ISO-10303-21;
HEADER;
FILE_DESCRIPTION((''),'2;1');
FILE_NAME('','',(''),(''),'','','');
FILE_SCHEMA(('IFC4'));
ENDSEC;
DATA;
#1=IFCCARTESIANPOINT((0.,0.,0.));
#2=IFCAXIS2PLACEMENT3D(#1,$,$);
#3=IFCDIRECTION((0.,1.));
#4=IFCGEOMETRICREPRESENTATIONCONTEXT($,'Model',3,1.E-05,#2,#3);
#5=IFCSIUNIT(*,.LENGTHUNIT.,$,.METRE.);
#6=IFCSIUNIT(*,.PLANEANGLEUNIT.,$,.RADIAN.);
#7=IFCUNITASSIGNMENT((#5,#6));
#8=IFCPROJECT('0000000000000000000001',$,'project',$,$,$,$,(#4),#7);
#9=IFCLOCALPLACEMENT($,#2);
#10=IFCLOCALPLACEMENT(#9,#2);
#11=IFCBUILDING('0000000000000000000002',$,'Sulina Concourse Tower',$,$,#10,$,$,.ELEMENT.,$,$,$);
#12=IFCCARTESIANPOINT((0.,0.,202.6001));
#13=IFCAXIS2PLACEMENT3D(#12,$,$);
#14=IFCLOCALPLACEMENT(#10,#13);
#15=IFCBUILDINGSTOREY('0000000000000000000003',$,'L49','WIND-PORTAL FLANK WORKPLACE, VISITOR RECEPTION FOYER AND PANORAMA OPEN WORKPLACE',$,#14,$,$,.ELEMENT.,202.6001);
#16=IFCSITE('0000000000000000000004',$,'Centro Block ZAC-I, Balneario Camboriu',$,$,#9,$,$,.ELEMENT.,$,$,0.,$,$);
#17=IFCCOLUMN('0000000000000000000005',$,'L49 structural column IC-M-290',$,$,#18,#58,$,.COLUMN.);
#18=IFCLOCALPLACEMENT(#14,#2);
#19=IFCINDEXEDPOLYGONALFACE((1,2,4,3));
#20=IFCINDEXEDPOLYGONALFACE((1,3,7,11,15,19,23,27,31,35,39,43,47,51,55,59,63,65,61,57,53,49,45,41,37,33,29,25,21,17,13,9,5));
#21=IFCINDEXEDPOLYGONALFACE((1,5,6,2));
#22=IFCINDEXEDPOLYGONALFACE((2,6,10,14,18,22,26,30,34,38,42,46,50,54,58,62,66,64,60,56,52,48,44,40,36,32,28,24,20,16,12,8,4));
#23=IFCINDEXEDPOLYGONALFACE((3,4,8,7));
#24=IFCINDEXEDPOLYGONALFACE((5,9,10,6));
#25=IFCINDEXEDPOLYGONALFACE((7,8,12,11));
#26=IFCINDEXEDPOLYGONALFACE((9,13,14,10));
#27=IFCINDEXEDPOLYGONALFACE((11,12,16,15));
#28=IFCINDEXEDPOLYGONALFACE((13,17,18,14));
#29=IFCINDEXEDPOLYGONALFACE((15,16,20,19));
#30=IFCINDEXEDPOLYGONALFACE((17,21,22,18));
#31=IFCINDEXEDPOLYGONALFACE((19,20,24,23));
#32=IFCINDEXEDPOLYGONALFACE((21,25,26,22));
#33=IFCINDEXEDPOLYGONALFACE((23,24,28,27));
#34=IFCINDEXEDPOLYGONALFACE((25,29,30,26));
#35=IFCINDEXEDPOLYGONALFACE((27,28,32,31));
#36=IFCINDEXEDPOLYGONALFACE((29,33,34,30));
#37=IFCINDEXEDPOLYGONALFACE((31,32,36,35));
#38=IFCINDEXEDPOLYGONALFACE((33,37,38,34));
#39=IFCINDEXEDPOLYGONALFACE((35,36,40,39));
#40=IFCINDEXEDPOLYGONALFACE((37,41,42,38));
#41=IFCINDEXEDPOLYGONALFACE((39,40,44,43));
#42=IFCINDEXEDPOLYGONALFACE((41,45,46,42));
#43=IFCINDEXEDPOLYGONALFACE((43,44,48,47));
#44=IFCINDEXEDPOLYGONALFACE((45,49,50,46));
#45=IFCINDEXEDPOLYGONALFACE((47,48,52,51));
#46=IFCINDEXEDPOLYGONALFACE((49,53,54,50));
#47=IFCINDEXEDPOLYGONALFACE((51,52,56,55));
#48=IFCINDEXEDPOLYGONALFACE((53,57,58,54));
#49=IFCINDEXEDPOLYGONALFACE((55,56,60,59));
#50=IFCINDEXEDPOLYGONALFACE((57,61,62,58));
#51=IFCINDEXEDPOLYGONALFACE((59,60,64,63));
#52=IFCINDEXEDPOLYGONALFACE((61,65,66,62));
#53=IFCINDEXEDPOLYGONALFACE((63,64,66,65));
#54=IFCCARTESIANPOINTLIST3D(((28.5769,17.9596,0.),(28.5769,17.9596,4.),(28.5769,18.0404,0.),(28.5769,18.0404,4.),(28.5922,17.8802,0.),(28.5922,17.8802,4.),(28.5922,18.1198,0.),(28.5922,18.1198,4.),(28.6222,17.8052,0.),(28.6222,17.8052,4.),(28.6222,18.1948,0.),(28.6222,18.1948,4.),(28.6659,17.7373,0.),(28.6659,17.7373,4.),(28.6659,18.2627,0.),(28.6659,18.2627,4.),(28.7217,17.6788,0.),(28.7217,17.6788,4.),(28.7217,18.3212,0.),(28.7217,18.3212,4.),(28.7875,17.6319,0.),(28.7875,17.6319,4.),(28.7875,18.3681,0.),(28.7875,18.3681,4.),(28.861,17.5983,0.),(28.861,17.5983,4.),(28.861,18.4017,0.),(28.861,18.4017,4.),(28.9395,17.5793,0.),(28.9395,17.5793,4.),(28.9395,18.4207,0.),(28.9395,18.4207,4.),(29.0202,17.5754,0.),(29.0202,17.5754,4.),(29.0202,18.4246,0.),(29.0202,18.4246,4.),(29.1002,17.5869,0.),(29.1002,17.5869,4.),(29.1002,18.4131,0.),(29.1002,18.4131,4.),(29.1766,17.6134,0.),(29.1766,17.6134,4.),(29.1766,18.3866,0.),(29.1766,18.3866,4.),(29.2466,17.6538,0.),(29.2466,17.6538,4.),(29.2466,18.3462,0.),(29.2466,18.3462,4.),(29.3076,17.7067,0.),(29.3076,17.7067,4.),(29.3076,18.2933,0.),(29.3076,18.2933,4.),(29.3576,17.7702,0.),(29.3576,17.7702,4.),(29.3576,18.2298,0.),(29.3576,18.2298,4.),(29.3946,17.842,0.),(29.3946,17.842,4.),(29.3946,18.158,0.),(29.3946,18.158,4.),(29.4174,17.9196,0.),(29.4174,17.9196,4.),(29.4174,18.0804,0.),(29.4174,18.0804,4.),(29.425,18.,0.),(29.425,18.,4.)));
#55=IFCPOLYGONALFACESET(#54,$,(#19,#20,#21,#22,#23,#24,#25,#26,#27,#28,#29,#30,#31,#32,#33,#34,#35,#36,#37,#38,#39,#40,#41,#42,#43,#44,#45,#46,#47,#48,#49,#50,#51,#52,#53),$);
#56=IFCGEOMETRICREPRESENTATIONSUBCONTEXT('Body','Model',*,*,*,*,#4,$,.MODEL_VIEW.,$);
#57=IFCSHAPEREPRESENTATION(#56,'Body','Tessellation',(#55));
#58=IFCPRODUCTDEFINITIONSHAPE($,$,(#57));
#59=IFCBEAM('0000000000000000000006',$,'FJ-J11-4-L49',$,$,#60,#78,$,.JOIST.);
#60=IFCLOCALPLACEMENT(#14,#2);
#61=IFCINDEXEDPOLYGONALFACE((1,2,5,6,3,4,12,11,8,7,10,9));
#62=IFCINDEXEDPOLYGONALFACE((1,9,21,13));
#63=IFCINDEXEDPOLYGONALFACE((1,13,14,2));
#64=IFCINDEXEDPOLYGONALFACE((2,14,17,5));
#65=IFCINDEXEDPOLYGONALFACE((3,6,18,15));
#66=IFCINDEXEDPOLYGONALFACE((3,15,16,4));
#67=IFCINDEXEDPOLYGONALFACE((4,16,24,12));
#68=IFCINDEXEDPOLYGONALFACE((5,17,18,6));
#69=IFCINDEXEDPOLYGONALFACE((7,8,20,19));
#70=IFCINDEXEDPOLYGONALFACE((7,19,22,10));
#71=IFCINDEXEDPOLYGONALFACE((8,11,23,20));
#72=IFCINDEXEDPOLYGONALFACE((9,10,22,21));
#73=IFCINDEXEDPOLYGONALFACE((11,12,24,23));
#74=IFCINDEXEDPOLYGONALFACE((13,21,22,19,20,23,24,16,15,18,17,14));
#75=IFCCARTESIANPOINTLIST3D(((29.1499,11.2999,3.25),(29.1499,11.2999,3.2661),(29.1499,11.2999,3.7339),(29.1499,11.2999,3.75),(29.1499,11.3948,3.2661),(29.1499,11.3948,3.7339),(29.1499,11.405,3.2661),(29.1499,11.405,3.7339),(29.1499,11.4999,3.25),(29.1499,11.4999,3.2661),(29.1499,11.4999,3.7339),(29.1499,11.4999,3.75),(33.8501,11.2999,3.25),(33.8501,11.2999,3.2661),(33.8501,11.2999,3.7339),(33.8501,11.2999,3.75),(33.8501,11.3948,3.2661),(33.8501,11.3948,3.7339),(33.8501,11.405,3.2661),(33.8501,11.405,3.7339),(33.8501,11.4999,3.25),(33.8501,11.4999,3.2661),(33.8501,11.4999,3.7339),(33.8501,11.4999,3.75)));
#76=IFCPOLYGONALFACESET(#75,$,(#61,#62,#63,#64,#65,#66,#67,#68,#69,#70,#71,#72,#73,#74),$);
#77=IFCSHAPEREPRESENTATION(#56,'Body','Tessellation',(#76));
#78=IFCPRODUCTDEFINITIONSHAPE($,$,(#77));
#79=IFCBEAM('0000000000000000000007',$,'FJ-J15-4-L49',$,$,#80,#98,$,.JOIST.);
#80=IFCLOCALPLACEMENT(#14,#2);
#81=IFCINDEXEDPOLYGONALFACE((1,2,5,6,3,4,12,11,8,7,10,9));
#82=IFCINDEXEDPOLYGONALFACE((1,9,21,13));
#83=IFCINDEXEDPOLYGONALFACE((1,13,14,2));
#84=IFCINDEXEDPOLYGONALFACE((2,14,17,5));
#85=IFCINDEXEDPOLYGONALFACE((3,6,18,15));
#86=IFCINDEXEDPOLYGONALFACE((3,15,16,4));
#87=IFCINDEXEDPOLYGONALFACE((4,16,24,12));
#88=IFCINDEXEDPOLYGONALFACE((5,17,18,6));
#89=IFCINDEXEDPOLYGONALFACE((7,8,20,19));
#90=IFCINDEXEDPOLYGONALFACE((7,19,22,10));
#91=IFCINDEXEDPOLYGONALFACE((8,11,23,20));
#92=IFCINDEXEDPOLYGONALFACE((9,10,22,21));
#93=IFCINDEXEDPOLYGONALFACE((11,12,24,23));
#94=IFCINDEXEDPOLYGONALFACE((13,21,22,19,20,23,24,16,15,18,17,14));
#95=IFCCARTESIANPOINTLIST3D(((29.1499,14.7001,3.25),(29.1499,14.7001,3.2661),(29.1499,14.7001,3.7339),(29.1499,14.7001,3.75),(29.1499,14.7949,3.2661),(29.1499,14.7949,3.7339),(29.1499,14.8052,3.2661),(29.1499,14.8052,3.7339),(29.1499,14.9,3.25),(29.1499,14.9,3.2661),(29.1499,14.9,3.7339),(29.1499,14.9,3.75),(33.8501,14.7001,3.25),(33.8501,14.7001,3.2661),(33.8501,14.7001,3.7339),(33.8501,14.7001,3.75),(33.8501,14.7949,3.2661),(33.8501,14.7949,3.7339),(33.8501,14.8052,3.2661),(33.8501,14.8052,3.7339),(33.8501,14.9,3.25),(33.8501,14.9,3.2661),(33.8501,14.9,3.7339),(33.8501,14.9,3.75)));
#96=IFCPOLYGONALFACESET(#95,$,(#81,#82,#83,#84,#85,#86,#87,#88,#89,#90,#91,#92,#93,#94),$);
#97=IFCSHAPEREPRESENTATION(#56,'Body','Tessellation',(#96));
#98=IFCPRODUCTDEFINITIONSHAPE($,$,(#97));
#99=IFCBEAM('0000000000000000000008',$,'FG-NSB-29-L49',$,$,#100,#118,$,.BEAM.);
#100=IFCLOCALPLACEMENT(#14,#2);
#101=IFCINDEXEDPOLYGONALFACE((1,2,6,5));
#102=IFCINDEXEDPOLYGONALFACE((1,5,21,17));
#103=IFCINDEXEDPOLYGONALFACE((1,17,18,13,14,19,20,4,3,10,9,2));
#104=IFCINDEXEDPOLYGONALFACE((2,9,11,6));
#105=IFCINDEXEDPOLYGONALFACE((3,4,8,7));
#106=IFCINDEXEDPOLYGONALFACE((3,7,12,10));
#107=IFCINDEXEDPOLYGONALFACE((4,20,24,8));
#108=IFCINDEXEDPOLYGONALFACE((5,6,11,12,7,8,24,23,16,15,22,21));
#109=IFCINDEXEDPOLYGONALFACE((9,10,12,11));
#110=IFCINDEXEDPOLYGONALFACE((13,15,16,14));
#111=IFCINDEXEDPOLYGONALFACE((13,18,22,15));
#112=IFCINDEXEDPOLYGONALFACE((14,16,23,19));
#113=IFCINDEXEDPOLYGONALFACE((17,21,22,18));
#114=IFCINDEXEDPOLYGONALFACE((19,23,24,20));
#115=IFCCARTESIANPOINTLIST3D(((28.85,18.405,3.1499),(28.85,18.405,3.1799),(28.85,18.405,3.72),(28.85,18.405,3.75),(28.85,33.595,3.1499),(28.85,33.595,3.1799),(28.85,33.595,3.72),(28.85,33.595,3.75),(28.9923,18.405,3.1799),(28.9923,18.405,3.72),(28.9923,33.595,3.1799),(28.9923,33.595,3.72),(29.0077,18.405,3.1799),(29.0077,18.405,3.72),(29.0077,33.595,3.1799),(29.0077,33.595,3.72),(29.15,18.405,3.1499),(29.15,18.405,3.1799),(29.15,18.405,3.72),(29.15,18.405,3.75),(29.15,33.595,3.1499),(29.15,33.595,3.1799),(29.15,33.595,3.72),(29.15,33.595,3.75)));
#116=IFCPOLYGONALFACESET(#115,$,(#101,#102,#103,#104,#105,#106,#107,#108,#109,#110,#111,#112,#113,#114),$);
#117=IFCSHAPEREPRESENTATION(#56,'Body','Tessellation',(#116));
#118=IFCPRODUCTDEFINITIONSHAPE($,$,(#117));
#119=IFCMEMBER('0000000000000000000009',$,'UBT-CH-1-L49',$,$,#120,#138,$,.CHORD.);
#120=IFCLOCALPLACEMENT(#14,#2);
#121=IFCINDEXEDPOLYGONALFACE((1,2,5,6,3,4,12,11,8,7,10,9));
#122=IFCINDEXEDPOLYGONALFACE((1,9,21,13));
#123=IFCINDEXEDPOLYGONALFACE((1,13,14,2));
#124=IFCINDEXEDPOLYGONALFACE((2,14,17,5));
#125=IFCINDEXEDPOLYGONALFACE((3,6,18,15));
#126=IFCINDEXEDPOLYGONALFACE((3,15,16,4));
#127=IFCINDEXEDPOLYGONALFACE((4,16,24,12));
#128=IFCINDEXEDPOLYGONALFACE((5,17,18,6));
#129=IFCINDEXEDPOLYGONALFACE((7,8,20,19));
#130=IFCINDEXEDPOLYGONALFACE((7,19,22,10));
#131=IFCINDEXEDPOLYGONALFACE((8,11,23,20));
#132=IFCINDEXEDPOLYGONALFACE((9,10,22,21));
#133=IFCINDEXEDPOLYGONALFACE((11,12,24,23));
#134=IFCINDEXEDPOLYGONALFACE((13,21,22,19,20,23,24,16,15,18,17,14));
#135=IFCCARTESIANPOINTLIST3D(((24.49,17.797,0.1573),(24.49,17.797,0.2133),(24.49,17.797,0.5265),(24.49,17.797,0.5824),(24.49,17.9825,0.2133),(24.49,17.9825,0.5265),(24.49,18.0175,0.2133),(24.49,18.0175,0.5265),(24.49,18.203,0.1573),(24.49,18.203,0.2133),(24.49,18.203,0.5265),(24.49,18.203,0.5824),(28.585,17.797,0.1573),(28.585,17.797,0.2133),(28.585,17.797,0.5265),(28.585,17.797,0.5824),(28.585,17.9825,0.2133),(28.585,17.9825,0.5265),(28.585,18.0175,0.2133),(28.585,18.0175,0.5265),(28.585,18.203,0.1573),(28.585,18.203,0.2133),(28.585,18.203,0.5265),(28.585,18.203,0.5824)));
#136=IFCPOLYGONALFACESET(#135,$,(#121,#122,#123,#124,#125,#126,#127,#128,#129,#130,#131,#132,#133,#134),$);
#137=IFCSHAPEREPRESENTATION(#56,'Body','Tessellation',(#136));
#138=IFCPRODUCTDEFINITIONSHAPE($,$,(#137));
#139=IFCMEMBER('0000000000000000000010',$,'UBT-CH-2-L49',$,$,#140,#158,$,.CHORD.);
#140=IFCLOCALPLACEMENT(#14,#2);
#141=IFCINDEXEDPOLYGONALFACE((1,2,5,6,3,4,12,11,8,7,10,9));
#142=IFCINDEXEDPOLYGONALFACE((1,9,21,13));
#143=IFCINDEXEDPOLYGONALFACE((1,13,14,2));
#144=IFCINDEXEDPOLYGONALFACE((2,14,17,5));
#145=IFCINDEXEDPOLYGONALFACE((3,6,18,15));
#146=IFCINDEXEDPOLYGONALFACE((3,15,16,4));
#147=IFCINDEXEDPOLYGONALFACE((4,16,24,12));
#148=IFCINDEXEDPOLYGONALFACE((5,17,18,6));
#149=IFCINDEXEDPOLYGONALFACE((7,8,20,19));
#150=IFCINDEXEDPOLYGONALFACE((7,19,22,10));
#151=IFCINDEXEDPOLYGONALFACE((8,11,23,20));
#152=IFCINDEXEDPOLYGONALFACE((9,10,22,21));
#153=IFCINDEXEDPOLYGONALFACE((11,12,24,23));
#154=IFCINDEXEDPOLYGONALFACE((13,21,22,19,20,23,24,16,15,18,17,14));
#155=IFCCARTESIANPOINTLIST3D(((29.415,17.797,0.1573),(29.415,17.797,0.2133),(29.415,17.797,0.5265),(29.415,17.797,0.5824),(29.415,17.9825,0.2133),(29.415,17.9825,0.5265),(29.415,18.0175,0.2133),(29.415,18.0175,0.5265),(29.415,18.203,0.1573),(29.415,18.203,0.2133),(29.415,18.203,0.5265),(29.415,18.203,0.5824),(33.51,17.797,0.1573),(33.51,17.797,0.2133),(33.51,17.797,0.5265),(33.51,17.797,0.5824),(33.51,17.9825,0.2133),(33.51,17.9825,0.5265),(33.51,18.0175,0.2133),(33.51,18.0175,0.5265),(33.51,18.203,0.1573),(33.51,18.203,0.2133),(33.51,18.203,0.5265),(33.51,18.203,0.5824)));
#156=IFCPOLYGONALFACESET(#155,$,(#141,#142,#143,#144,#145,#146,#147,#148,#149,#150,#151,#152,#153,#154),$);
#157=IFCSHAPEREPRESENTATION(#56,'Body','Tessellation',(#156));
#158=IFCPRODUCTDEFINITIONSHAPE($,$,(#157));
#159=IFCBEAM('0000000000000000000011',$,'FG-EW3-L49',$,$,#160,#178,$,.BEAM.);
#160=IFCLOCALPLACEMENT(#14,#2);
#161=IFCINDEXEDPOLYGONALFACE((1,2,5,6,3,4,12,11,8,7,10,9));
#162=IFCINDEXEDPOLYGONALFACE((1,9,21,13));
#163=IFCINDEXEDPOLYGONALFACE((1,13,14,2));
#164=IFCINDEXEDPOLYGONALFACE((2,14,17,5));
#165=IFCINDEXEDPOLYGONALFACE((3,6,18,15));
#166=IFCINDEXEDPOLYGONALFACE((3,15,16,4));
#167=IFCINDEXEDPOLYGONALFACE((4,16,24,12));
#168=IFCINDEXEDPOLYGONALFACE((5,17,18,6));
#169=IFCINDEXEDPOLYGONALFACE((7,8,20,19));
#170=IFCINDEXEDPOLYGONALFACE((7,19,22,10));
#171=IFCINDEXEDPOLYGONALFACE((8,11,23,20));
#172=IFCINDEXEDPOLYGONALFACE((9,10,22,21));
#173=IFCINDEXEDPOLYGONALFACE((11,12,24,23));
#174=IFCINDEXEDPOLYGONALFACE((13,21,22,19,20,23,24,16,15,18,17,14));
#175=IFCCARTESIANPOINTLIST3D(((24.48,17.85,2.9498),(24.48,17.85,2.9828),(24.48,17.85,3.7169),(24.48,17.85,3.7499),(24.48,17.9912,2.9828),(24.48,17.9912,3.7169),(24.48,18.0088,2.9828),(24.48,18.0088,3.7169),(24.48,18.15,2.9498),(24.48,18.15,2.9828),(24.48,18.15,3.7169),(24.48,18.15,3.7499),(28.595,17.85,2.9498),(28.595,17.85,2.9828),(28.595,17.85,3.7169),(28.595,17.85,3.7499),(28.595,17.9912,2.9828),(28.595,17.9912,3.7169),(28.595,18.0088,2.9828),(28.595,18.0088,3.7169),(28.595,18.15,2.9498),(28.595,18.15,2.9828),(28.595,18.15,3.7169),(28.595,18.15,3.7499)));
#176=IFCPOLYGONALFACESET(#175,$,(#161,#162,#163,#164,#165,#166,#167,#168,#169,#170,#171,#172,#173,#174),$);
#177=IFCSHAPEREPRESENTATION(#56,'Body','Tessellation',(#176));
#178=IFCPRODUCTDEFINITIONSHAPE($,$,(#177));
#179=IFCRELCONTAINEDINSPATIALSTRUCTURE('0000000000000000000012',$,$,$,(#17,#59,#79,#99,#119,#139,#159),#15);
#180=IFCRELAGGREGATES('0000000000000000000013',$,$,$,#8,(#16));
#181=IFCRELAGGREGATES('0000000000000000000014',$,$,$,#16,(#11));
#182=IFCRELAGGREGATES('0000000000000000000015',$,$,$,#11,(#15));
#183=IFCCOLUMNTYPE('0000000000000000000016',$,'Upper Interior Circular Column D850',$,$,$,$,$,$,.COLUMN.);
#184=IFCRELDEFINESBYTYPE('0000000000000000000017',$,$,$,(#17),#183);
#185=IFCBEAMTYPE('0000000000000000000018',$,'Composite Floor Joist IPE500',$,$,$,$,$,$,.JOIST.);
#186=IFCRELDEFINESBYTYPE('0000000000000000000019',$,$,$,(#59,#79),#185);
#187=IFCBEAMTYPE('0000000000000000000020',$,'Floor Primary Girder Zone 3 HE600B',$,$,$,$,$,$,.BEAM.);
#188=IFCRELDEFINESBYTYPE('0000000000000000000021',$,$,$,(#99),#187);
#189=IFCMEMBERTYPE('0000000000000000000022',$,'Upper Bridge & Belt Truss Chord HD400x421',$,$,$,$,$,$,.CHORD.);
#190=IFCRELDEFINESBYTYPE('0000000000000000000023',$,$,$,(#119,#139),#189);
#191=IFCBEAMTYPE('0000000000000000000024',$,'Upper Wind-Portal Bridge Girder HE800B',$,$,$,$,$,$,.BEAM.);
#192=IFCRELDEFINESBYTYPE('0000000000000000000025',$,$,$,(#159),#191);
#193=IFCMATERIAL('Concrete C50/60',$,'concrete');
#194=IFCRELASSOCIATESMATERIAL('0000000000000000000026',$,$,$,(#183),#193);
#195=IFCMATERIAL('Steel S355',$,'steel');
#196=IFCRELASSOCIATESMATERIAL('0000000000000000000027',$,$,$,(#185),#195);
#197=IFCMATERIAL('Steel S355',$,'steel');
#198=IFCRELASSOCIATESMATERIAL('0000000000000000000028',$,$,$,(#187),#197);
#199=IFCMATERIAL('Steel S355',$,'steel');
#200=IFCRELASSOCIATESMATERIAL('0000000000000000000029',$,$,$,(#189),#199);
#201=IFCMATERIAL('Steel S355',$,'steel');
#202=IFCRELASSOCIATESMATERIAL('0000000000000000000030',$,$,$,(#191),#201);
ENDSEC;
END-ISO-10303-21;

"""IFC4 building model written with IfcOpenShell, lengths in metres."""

from ifc_helpers import new_model, si_unit, direction, frame, origin, origin_2d, place, context, subcontext, project, spatial, circle, i_section, extrude, material, material_profile, profile_set, type_object, element, save


model = new_model("IFC4")

# Units and contexts
model_context = context("Model", 3, precision=1e-05, world=origin(), true_north=direction((0.0, 1.0)))
body_context = subcontext(model_context, "Body", "Model", "MODEL_VIEW")
ifc_project = project(units=[si_unit("LENGTHUNIT", "METRE"), si_unit("PLANEANGLEUNIT", "RADIAN")], contexts=[model_context])

# Site, building, storey
site_placement = place(None, origin())
site = spatial("IfcSite", under=ifc_project, at=site_placement, Name="Centro Block ZAC-I, Balneario Camboriu", CompositionType="ELEMENT", RefElevation=0.0)
building_placement = place(site_placement, origin())
building = spatial("IfcBuilding", under=site, at=building_placement, Name="Sulina Concourse Tower", CompositionType="ELEMENT")
storey_placement = place(building_placement, frame((0.0, 0.0, 202.6001)))
storey = spatial("IfcBuildingStorey", under=building, at=storey_placement, Name="L49", Description="WIND-PORTAL FLANK WORKPLACE, VISITOR RECEPTION FOYER AND PANORAMA OPEN WORKPLACE", CompositionType="ELEMENT", Elevation=202.6001)

# Column
ifc_material_1 = material(Name="Concrete C50/60", Category="concrete")
ifc_material_profile_1 = material_profile(ifc_material_1, circle(Radius=0.425, at=origin_2d()), Name="RC D850")
ifc_profile_set_1 = profile_set([ifc_material_profile_1], Name="Concrete C50/60")
column_type = type_object("IfcColumnType", Name="Upper Interior Circular Column D850", PredefinedType="COLUMN", material=ifc_profile_set_1)
column_placement = place(storey_placement, frame((29.0, 18.0, 0.0), z_axis=(0.0, 0.0, 1.0), x_axis=(1.0, 0.0, 0.0)))
element("IfcColumn", 1, at=column_placement, inside=storey, type_object=column_type, Name="L49 structural column IC-M-290", PredefinedType="COLUMN", context=body_context, shape_type="SweptSolid", body=[
    extrude(circle(Radius=0.425, at=origin_2d()), origin(), (0.0, 0.0, 1.0), 4.0),
])

# Beams
ifc_material_2 = material(Name="Steel S355", Category="steel")
ifc_material_profile_2 = material_profile(ifc_material_2, i_section(OverallWidth=0.2, OverallDepth=0.5, WebThickness=0.0103, FlangeThickness=0.0161, at=origin_2d()), Name="IPE 500")
ifc_profile_set_2 = profile_set([ifc_material_profile_2], Name="Steel S355")
beam_type_1 = type_object("IfcBeamType", Name="Composite Floor Joist IPE500", PredefinedType="JOIST", material=ifc_profile_set_2)
for number, where, z_axis, x_axis, name in (
    (2, (29.1499, 11.3999, 3.5), (1.0, 0.0, 0.0), (0.0, 1.0, 0.0), "FJ-J11-4-L49"),
    (3, (29.1499, 14.8, 3.5), (1.0, 0.0, 0.0), (0.0, 1.0, 0.0), "FJ-J15-4-L49"),
):
    element("IfcBeam", number, at=place(storey_placement, frame(where, z_axis=z_axis, x_axis=x_axis)), inside=storey, type_object=beam_type_1, Name=name, PredefinedType="JOIST", context=body_context, shape_type="SweptSolid", body=[
        extrude(i_section(OverallWidth=0.2, OverallDepth=0.5, WebThickness=0.0103, FlangeThickness=0.0161, at=origin_2d()), origin(), (0.0, 0.0, 1.0), 4.7002),
    ])
ifc_material_3 = material(Name="Steel S355", Category="steel")
ifc_material_profile_3 = material_profile(ifc_material_3, i_section(OverallWidth=0.3, OverallDepth=0.6001, WebThickness=0.0154, FlangeThickness=0.03, at=origin_2d()), Name="HE 600 B")
ifc_profile_set_3 = profile_set([ifc_material_profile_3], Name="Steel S355")
beam_type_2 = type_object("IfcBeamType", Name="Floor Primary Girder Zone 3 HE600B", PredefinedType="BEAM", material=ifc_profile_set_3)
beam_placement = place(storey_placement, frame((29.0, 18.405, 3.45), z_axis=(0.0, 1.0, 0.0), x_axis=(-1.0, 0.0, 0.0)))
element("IfcBeam", 4, at=beam_placement, inside=storey, type_object=beam_type_2, Name="FG-NSB-29-L49", PredefinedType="BEAM", context=body_context, shape_type="SweptSolid", body=[
    extrude(i_section(OverallWidth=0.3, OverallDepth=0.6001, WebThickness=0.0154, FlangeThickness=0.03, at=origin_2d()), origin(), (0.0, 0.0, 1.0), 15.1899),
])

# Members
ifc_material_4 = material(Name="Steel S355", Category="steel")
ifc_material_profile_4 = material_profile(ifc_material_4, i_section(OverallWidth=0.406, OverallDepth=0.425, WebThickness=0.0349, FlangeThickness=0.0559, at=origin_2d()), Name="HD 400x421")
ifc_profile_set_4 = profile_set([ifc_material_profile_4], Name="Steel S355")
member_type_1 = type_object("IfcMemberType", Name="Upper Bridge & Belt Truss Chord HD400x421", PredefinedType="CHORD", material=ifc_profile_set_4)
for number, where, z_axis, x_axis, name in (
    (5, (24.49, 18.0, 0.3699), (1.0, 0.0, 0.0), (0.0, 1.0, 0.0), "UBT-CH-1-L49"),
    (6, (29.415, 18.0, 0.3699), (1.0, 0.0, 0.0), (0.0, 1.0, 0.0), "UBT-CH-2-L49"),
):
    element("IfcMember", number, at=place(storey_placement, frame(where, z_axis=z_axis, x_axis=x_axis)), inside=storey, type_object=member_type_1, Name=name, PredefinedType="CHORD", context=body_context, shape_type="SweptSolid", body=[
        extrude(i_section(OverallWidth=0.406, OverallDepth=0.425, WebThickness=0.0349, FlangeThickness=0.0559, at=origin_2d()), origin(), (0.0, 0.0, 1.0), 4.095),
    ])

# Beam
ifc_material_5 = material(Name="Steel S355", Category="steel")
ifc_material_profile_5 = material_profile(ifc_material_5, i_section(OverallWidth=0.3, OverallDepth=0.8, WebThickness=0.0176, FlangeThickness=0.033, at=origin_2d()), Name="HE 800 B")
ifc_profile_set_5 = profile_set([ifc_material_profile_5], Name="Steel S355")
beam_type_3 = type_object("IfcBeamType", Name="Upper Wind-Portal Bridge Girder HE800B", PredefinedType="BEAM", material=ifc_profile_set_5)
for number, where, z_axis, x_axis, name in (
    (7, (24.48, 18.0, 3.3499), (1.0, 0.0, 0.0), (0.0, 1.0, 0.0), "FG-EW3-L49"),
):
    element("IfcBeam", number, at=place(storey_placement, frame(where, z_axis=z_axis, x_axis=x_axis)), inside=storey, type_object=beam_type_3, Name=name, PredefinedType="BEAM", context=body_context, shape_type="SweptSolid", body=[
        extrude(i_section(OverallWidth=0.3, OverallDepth=0.8, WebThickness=0.0176, FlangeThickness=0.033, at=origin_2d()), origin(), (0.0, 0.0, 1.0), 4.115),
    ])

save(model, "model.ifc")
